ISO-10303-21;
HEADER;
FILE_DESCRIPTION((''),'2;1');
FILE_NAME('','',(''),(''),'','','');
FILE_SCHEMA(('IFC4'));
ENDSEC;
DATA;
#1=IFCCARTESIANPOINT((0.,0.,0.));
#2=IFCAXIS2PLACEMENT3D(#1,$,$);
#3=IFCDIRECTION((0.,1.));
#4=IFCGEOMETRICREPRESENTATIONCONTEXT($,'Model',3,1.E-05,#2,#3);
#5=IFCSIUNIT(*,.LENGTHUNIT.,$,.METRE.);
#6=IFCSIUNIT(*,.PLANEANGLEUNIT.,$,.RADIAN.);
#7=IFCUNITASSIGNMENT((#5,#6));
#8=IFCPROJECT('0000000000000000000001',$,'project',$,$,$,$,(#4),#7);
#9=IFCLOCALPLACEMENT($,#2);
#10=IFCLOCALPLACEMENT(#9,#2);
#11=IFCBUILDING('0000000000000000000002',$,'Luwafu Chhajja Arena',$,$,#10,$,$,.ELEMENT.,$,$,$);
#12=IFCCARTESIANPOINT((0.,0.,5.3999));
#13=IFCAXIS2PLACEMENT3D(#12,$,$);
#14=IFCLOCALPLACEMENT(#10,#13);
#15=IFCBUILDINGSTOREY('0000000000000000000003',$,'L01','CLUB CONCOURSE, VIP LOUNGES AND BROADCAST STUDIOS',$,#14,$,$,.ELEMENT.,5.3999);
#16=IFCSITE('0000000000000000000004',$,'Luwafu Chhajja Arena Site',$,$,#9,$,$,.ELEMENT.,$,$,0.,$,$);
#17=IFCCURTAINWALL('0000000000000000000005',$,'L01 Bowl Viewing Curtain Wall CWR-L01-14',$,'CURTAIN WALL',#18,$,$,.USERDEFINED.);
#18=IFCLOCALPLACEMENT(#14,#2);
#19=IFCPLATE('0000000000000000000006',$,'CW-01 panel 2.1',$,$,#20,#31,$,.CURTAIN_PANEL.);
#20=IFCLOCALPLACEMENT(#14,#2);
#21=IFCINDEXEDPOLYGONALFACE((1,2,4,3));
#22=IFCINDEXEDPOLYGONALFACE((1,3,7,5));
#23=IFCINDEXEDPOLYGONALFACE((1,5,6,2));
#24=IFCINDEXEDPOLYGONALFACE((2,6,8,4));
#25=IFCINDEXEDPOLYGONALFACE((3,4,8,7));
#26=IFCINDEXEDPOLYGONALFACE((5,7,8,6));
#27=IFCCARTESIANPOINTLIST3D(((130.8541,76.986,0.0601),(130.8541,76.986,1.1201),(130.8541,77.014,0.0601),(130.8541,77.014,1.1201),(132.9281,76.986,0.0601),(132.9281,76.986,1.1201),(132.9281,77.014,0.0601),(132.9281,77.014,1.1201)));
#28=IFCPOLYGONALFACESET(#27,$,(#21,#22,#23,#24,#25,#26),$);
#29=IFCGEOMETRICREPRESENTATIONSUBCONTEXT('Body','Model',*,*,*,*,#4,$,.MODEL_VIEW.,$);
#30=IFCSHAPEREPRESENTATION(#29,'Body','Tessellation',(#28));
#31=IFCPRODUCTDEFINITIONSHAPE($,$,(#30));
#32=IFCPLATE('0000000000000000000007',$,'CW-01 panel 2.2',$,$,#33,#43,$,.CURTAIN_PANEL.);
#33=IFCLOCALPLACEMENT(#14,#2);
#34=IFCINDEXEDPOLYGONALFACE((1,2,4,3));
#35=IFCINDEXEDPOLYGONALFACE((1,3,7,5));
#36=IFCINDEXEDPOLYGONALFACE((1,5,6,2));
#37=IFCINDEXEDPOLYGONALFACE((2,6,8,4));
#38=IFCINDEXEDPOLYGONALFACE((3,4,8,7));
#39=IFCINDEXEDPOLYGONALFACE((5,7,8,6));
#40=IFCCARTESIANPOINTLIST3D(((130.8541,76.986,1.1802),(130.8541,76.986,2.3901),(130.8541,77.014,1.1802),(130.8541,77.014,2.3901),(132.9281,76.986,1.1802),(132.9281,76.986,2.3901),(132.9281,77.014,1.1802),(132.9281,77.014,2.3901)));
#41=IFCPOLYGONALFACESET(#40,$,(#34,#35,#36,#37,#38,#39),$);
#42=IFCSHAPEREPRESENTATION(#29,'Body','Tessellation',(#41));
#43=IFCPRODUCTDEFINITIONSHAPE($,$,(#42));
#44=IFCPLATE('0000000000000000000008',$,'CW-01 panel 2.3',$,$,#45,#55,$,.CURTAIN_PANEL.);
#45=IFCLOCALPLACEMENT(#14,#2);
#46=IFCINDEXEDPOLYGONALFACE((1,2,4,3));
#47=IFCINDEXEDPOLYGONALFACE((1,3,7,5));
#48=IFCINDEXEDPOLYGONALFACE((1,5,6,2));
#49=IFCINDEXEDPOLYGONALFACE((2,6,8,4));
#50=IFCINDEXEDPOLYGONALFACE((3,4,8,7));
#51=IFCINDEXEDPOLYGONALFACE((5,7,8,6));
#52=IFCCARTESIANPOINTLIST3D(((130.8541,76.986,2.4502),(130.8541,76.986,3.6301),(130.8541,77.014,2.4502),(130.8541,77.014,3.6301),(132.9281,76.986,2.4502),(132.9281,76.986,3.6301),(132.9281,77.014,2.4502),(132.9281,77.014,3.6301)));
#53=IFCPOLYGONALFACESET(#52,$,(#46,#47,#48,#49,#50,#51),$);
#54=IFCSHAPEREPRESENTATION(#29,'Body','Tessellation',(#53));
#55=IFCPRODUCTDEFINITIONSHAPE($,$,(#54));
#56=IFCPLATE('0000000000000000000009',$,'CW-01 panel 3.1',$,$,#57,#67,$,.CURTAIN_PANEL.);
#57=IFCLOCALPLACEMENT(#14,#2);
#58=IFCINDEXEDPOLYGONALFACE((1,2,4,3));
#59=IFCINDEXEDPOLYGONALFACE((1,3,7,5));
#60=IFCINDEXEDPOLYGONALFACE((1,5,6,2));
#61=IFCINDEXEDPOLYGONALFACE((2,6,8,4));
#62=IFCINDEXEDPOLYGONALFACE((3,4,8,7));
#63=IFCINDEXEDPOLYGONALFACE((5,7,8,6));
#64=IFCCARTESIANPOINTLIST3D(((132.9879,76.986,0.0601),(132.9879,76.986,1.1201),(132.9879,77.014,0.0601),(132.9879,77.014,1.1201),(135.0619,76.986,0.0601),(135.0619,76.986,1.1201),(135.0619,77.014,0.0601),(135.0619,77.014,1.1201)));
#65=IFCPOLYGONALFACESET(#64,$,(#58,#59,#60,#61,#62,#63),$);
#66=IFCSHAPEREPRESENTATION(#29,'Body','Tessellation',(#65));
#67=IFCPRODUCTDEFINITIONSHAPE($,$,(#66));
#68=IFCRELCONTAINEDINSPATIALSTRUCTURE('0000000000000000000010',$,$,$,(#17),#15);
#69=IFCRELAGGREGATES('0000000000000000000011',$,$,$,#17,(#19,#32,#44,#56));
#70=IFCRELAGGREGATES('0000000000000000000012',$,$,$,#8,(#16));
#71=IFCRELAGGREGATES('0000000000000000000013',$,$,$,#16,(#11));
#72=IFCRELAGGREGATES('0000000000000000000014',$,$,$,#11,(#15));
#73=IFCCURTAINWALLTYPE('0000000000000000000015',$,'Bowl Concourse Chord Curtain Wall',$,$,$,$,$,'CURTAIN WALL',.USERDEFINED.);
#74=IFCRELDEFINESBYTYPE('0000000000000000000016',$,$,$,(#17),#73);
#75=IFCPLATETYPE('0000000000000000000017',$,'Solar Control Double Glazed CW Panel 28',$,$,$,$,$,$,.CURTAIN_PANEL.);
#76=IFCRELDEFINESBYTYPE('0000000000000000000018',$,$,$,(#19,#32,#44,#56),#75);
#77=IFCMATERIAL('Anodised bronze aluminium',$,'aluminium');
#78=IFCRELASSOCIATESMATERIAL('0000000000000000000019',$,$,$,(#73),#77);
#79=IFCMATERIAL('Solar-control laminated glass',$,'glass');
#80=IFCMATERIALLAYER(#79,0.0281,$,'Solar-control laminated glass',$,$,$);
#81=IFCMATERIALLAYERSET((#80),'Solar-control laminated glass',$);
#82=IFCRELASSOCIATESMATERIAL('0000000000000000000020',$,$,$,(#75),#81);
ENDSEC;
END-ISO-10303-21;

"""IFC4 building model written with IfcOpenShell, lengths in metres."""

from ifc_helpers import new_model, si_unit, direction, frame, origin, origin_2d, place, context, subcontext, project, spatial, rectangle, extrude, material, layer, layer_set, type_object, element, aggregate, save


model = new_model("IFC4")

# Units and contexts
model_context = context("Model", 3, precision=1e-05, world=origin(), true_north=direction((0.0, 1.0)))
body_context = subcontext(model_context, "Body", "Model", "MODEL_VIEW")
ifc_project = project(units=[si_unit("LENGTHUNIT", "METRE"), si_unit("PLANEANGLEUNIT", "RADIAN")], contexts=[model_context])

# Site, building, storey
site_placement = place(None, origin())
site = spatial("IfcSite", under=ifc_project, at=site_placement, Name="Luwafu Chhajja Arena Site", CompositionType="ELEMENT", RefElevation=0.0)
building_placement = place(site_placement, origin())
building = spatial("IfcBuilding", under=site, at=building_placement, Name="Luwafu Chhajja Arena", CompositionType="ELEMENT")
storey_placement = place(building_placement, frame((0.0, 0.0, 5.3999)))
storey = spatial("IfcBuildingStorey", under=building, at=storey_placement, Name="L01", Description="CLUB CONCOURSE, VIP LOUNGES AND BROADCAST STUDIOS", CompositionType="ELEMENT", Elevation=5.3999)

# Curtain wall
ifc_material_1 = material(Name="Anodised bronze aluminium", Category="aluminium")
curtain_wall_type = type_object("IfcCurtainWallType", Name="Bowl Concourse Chord Curtain Wall", ElementType="CURTAIN WALL", PredefinedType="USERDEFINED", material=ifc_material_1)
curtain_wall_placement = place(storey_placement, origin())
curtain_wall = element("IfcCurtainWall", 1, at=curtain_wall_placement, inside=storey, type_object=curtain_wall_type, Name="L01 Bowl Viewing Curtain Wall CWR-L01-14", ObjectType="CURTAIN WALL", PredefinedType="USERDEFINED")

# Plates
ifc_material_2 = material(Name="Solar-control laminated glass", Category="glass")
ifc_layer = layer(ifc_material_2, 0.0281, Name="Solar-control laminated glass")
ifc_layer_set = layer_set([ifc_layer], Name="Solar-control laminated glass")
plate_type = type_object("IfcPlateType", Name="Solar Control Double Glazed CW Panel 28", PredefinedType="CURTAIN_PANEL", material=ifc_layer_set)
plate_1_placement = place(storey_placement, frame((131.8911, 77.0, 0.0601), z_axis=(0.0, 0.0, 1.0), x_axis=(1.0, 0.0, 0.0)))
plate_1 = element("IfcPlate", 2, at=plate_1_placement, type_object=plate_type, Name="CW-01 panel 2.1", PredefinedType="CURTAIN_PANEL", context=body_context, shape_type="SweptSolid", body=[
    extrude(rectangle(XDim=2.074, YDim=0.0281, at=origin_2d()), origin(), (0.0, 0.0, 1.0), 1.0601),
])
plate_2_placement = place(storey_placement, frame((131.8911, 77.0, 1.1802), z_axis=(0.0, 0.0, 1.0), x_axis=(1.0, 0.0, 0.0)))
plate_2 = element("IfcPlate", 3, at=plate_2_placement, type_object=plate_type, Name="CW-01 panel 2.2", PredefinedType="CURTAIN_PANEL", context=body_context, shape_type="SweptSolid", body=[
    extrude(rectangle(XDim=2.074, YDim=0.0281, at=origin_2d()), origin(), (0.0, 0.0, 1.0), 1.21),
])
plate_3_placement = place(storey_placement, frame((131.8911, 77.0, 2.4502), z_axis=(0.0, 0.0, 1.0), x_axis=(1.0, 0.0, 0.0)))
plate_3 = element("IfcPlate", 4, at=plate_3_placement, type_object=plate_type, Name="CW-01 panel 2.3", PredefinedType="CURTAIN_PANEL", context=body_context, shape_type="SweptSolid", body=[
    extrude(rectangle(XDim=2.074, YDim=0.0281, at=origin_2d()), origin(), (0.0, 0.0, 1.0), 1.1799),
])
plate_4_placement = place(storey_placement, frame((134.0249, 77.0, 0.0601), z_axis=(0.0, 0.0, 1.0), x_axis=(1.0, 0.0, 0.0)))
plate_4 = element("IfcPlate", 5, at=plate_4_placement, type_object=plate_type, Name="CW-01 panel 3.1", PredefinedType="CURTAIN_PANEL", context=body_context, shape_type="SweptSolid", body=[
    extrude(rectangle(XDim=2.074, YDim=0.0281, at=origin_2d()), origin(), (0.0, 0.0, 1.0), 1.0601),
])
aggregate(curtain_wall, [plate_1, plate_2, plate_3, plate_4])

save(model, "model.ifc")
